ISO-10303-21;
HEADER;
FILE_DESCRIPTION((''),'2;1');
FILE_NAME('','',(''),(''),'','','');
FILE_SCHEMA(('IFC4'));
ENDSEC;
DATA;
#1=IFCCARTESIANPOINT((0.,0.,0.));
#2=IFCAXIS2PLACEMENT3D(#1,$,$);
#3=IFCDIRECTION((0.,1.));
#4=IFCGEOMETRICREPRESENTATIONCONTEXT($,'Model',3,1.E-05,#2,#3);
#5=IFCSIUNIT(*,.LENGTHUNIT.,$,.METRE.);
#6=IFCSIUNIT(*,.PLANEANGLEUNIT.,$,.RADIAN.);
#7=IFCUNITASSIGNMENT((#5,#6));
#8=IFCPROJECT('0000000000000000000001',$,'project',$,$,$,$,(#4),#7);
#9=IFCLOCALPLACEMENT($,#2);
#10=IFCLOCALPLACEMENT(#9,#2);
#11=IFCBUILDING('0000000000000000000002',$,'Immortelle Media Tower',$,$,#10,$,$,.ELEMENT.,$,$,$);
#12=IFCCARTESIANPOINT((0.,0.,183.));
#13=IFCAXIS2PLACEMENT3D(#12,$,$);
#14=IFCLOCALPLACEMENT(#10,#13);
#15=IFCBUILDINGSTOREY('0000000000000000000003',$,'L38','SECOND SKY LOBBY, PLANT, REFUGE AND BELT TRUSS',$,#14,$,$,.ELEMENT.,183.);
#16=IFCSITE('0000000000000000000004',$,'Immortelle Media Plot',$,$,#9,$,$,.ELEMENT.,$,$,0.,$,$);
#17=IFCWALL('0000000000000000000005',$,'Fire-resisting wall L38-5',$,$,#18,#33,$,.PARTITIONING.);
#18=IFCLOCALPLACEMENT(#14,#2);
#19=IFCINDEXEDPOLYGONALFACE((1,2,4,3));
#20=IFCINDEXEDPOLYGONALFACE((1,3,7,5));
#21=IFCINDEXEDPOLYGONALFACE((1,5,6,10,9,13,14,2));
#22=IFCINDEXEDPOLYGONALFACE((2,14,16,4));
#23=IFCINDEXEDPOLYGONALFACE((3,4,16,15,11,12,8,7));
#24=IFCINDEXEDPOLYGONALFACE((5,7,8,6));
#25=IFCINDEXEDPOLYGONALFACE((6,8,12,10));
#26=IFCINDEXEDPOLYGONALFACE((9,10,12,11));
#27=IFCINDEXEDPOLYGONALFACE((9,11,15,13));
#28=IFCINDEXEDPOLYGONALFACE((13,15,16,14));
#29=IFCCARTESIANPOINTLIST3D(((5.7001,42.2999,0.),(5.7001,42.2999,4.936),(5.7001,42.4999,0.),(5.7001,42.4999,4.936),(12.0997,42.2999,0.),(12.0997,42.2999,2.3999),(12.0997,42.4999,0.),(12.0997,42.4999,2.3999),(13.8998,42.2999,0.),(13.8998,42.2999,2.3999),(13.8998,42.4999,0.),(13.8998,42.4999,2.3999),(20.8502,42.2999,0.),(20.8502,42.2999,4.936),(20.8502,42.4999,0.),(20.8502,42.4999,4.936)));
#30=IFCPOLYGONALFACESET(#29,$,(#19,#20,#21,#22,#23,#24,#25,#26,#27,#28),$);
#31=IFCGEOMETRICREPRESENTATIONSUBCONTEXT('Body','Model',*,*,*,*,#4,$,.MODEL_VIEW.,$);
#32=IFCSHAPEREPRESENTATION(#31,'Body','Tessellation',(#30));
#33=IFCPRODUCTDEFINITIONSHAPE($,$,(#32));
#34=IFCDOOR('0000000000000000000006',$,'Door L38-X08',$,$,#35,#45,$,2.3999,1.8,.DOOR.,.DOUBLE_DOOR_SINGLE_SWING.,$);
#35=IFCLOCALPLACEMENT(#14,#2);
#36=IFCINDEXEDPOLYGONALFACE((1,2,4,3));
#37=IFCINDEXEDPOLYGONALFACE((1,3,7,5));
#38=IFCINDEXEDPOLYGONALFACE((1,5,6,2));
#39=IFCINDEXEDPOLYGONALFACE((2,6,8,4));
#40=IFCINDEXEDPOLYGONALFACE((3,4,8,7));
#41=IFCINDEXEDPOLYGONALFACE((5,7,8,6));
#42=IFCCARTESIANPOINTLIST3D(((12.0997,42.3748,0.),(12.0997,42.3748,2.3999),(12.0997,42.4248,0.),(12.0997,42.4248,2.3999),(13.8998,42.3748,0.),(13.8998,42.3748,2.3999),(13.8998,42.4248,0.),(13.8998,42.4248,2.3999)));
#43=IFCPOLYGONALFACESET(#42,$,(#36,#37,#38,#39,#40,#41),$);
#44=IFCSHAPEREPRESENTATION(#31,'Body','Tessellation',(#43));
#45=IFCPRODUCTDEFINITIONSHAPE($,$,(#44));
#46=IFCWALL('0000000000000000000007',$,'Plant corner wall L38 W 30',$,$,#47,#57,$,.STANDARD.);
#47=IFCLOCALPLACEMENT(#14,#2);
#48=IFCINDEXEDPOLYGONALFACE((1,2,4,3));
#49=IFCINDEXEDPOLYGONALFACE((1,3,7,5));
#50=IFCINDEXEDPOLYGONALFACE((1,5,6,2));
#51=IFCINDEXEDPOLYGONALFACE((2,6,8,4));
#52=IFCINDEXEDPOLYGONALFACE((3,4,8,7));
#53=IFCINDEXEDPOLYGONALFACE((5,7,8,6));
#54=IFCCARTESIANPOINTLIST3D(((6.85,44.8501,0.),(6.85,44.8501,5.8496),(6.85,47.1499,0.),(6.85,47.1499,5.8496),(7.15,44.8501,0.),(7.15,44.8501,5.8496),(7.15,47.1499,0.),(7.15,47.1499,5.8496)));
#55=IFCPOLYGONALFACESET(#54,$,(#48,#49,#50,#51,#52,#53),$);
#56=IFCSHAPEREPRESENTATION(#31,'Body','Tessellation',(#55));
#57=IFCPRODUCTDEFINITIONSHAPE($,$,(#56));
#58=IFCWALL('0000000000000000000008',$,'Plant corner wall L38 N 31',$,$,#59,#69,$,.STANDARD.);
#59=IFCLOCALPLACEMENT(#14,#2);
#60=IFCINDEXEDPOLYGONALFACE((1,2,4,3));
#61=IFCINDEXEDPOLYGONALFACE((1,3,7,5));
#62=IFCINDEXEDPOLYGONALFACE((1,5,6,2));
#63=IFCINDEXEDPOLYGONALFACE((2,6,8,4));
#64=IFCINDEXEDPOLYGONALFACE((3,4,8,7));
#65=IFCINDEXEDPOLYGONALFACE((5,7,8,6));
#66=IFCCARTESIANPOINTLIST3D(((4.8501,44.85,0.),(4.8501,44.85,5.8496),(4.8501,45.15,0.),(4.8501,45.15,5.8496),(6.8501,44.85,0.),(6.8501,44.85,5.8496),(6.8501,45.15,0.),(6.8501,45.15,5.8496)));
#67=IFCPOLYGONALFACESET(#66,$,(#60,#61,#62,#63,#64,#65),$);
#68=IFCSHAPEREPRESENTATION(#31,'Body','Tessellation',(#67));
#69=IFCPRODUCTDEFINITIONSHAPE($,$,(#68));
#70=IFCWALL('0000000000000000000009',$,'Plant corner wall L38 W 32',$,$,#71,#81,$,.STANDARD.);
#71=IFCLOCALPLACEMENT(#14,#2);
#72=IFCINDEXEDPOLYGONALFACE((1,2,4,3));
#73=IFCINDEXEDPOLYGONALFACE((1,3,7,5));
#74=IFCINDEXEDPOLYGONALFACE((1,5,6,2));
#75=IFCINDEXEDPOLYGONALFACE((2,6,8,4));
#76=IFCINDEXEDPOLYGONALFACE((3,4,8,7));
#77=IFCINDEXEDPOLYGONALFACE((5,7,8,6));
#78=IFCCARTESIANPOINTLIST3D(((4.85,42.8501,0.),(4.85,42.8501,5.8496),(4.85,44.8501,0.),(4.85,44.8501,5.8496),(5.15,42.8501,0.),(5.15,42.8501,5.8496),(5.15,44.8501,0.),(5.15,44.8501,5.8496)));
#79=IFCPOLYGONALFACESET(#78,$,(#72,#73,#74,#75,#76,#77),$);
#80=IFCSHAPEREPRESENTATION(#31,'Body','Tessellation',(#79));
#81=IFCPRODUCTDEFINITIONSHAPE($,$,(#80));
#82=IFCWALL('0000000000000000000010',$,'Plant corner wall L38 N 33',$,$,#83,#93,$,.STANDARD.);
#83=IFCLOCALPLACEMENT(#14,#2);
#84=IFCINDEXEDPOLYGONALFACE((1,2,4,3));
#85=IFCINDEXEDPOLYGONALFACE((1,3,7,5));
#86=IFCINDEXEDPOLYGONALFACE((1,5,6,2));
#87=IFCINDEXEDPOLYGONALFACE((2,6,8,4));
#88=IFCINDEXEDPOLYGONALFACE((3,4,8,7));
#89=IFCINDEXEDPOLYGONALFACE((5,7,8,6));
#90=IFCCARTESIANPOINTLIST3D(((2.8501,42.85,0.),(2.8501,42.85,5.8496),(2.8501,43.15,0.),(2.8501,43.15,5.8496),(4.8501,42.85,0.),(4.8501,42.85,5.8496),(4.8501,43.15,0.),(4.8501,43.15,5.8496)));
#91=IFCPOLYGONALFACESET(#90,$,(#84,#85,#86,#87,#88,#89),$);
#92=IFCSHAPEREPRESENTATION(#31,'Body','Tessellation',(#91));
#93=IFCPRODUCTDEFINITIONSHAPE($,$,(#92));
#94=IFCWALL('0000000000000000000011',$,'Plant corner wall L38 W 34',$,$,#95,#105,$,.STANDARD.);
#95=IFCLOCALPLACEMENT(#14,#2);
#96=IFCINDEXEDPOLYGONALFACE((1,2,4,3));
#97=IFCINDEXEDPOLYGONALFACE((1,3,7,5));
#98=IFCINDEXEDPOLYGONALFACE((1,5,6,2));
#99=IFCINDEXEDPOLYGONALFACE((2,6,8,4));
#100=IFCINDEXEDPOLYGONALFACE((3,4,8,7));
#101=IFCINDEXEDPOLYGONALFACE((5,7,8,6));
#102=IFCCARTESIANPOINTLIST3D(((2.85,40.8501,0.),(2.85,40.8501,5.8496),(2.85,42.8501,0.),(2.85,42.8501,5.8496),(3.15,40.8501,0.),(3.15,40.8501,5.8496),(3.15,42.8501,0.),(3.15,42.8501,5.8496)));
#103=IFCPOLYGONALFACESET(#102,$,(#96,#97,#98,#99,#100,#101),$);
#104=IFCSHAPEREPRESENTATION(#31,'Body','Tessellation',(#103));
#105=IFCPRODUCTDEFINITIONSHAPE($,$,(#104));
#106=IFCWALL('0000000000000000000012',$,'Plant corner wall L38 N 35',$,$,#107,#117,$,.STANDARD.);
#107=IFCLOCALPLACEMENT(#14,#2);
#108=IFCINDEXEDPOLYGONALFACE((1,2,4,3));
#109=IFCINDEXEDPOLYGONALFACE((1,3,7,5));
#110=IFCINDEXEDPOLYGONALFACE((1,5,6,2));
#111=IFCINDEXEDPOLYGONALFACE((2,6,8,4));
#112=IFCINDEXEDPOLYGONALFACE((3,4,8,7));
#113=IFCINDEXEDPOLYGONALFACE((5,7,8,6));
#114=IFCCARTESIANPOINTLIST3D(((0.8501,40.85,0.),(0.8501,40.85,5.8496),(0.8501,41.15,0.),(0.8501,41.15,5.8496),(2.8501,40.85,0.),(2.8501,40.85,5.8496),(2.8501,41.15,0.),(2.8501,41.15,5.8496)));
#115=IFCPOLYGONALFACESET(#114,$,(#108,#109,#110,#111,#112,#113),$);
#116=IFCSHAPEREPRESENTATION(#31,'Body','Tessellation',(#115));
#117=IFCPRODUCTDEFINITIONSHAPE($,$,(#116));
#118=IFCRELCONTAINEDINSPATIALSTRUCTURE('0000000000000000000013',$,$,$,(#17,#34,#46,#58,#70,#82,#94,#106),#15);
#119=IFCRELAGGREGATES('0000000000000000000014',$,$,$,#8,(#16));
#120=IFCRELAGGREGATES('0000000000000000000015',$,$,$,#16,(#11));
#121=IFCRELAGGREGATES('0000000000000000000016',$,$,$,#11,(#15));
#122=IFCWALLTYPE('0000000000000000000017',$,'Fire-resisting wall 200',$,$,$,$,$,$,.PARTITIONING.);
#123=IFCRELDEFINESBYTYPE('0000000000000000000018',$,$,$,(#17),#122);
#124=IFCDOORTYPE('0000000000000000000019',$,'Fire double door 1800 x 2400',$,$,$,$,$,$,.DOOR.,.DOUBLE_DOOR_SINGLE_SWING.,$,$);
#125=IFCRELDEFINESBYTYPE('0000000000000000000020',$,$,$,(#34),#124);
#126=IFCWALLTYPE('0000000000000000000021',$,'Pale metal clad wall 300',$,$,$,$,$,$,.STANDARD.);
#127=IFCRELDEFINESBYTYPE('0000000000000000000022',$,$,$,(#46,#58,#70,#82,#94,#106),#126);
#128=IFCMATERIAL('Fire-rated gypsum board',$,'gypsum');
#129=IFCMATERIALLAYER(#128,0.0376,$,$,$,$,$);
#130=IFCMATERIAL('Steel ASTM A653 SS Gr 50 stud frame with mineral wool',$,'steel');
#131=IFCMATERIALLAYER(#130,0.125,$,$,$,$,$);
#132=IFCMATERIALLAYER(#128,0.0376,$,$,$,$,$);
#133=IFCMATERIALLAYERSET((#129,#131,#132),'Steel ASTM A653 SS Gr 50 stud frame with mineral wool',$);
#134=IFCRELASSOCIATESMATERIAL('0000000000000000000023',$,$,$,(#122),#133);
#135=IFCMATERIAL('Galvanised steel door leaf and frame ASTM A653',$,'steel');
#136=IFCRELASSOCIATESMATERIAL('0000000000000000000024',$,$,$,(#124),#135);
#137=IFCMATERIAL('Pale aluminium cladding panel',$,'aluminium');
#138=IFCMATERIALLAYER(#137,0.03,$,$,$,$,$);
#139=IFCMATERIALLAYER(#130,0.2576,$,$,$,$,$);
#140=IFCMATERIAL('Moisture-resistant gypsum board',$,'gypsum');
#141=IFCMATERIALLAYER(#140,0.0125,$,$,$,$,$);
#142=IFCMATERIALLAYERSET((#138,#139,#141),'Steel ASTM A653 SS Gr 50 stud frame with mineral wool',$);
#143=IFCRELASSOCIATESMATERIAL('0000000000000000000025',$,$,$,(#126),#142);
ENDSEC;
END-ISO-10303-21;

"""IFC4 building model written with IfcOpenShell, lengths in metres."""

from ifc_helpers import new_model, si_unit, direction, frame, frame_2d, origin, place, context, subcontext, project, spatial, rectangle, extrude, material, layer, layer_set, type_object, element, fill, save


model = new_model("IFC4")

# Units and contexts
model_context = context("Model", 3, precision=1e-05, world=origin(), true_north=direction((0.0, 1.0)))
body_context = subcontext(model_context, "Body", "Model", "MODEL_VIEW")
ifc_project = project(units=[si_unit("LENGTHUNIT", "METRE"), si_unit("PLANEANGLEUNIT", "RADIAN")], contexts=[model_context])

# Site, building, storey
site_placement = place(None, origin())
site = spatial("IfcSite", under=ifc_project, at=site_placement, Name="Immortelle Media Plot", CompositionType="ELEMENT", RefElevation=0.0)
building_placement = place(site_placement, origin())
building = spatial("IfcBuilding", under=site, at=building_placement, Name="Immortelle Media Tower", CompositionType="ELEMENT")
storey_placement = place(building_placement, frame((0.0, 0.0, 183.0)))
storey = spatial("IfcBuildingStorey", under=building, at=storey_placement, Name="L38", Description="SECOND SKY LOBBY, PLANT, REFUGE AND BELT TRUSS", CompositionType="ELEMENT", Elevation=183.0)

# Wall, opening, door
ifc_material_1 = material(Name="Fire-rated gypsum board", Category="gypsum")
ifc_layer_1 = layer(ifc_material_1, 0.0376)
ifc_material_2 = material(Name="Steel ASTM A653 SS Gr 50 stud frame with mineral wool", Category="steel")
ifc_layer_2 = layer(ifc_material_2, 0.125)
ifc_layer_3 = layer(ifc_material_1, 0.0376)
ifc_layer_set_1 = layer_set([ifc_layer_1, ifc_layer_2, ifc_layer_3], Name="Steel ASTM A653 SS Gr 50 stud frame with mineral wool")
wall_type_1 = type_object("IfcWallType", Name="Fire-resisting wall 200", PredefinedType="PARTITIONING", material=ifc_layer_set_1)
wall_1_placement = place(storey_placement, frame((5.7, 42.3999, 0.0), z_axis=(0.0, 0.0, 1.0), x_axis=(1.0, 0.0, 0.0)))
wall_1 = element("IfcWall", 1, at=wall_1_placement, inside=storey, type_object=wall_type_1, Name="Fire-resisting wall L38-5", PredefinedType="PARTITIONING", context=body_context, shape_type="SweptSolid", body=[
    extrude(rectangle(XDim=15.1501, YDim=0.2, at=frame_2d((7.5752, 0.0))), origin(), (0.0, 0.0, 1.0), 4.936),
])
opening_placement = place(wall_1_placement, frame((6.3999, 0.0, 0.0)))
opening = element("IfcOpeningElement", 2, at=opening_placement, cuts=wall_1, PredefinedType="OPENING", context=body_context, shape_type="SweptSolid", body=[
    extrude(rectangle(XDim=1.8, YDim=2.3999, at=frame_2d((0.8999, 1.2))), frame((0.0, 0.1099, 0.0), z_axis=(0.0, -1.0, 0.0), x_axis=(1.0, 0.0, 0.0)), (0.0, 0.0, 1.0), 0.22),
])
ifc_material_3 = material(Name="Galvanised steel door leaf and frame ASTM A653", Category="steel")
door_type = type_object("IfcDoorType", Name="Fire double door 1800 x 2400", OperationType="DOUBLE_DOOR_SINGLE_SWING", PredefinedType="DOOR", material=ifc_material_3)
door_placement = place(opening_placement, origin())
door = element("IfcDoor", 3, at=door_placement, inside=storey, type_object=door_type, Name="Door L38-X08", OperationType="DOUBLE_DOOR_SINGLE_SWING", OverallHeight=2.3999, OverallWidth=1.8, PredefinedType="DOOR", context=body_context, shape_type="SweptSolid", body=[
    extrude(rectangle(XDim=1.8, YDim=2.3999, at=frame_2d((0.8999, 1.2))), frame((0.0, 0.0249, 0.0), z_axis=(0.0, -1.0, 0.0), x_axis=(1.0, 0.0, 0.0)), (0.0, 0.0, 1.0), 0.05),
])
fill(opening, door)

# Walls
ifc_material_4 = material(Name="Pale aluminium cladding panel", Category="aluminium")
ifc_layer_4 = layer(ifc_material_4, 0.03)
ifc_layer_5 = layer(ifc_material_2, 0.2576)
ifc_material_5 = material(Name="Moisture-resistant gypsum board", Category="gypsum")
ifc_layer_6 = layer(ifc_material_5, 0.0125)
ifc_layer_set_2 = layer_set([ifc_layer_4, ifc_layer_5, ifc_layer_6], Name="Steel ASTM A653 SS Gr 50 stud frame with mineral wool")
wall_type_2 = type_object("IfcWallType", Name="Pale metal clad wall 300", PredefinedType="STANDARD", material=ifc_layer_set_2)
wall_2_placement = place(storey_placement, frame((7.0, 47.1499, 0.0), z_axis=(0.0, 0.0, 1.0), x_axis=(0.0, -1.0, 0.0)))
element("IfcWall", 4, at=wall_2_placement, inside=storey, type_object=wall_type_2, Name="Plant corner wall L38 W 30", PredefinedType="STANDARD", context=body_context, shape_type="SweptSolid", body=[
    extrude(rectangle(XDim=2.2998, YDim=0.3, at=frame_2d((1.1499, 0.0))), origin(), (0.0, 0.0, 1.0), 5.8496),
])
for number, where, z_axis, x_axis, name in (
    (5, (6.8501, 45.0, 0.0), (0.0, 0.0, 1.0), (-1.0, 0.0, 0.0), "Plant corner wall L38 N 31"),
    (6, (5.0, 44.8501, 0.0), (0.0, 0.0, 1.0), (0.0, -1.0, 0.0), "Plant corner wall L38 W 32"),
    (7, (4.8501, 43.0, 0.0), (0.0, 0.0, 1.0), (-1.0, 0.0, 0.0), "Plant corner wall L38 N 33"),
    (8, (3.0, 42.8501, 0.0), (0.0, 0.0, 1.0), (0.0, -1.0, 0.0), "Plant corner wall L38 W 34"),
    (9, (2.8501, 41.0, 0.0), (0.0, 0.0, 1.0), (-1.0, 0.0, 0.0), "Plant corner wall L38 N 35"),
):
    element("IfcWall", number, at=place(storey_placement, frame(where, z_axis=z_axis, x_axis=x_axis)), inside=storey, type_object=wall_type_2, Name=name, PredefinedType="STANDARD", context=body_context, shape_type="SweptSolid", body=[
        extrude(rectangle(XDim=2.0, YDim=0.3, at=frame_2d((1.0, 0.0))), origin(), (0.0, 0.0, 1.0), 5.8496),
    ])

save(model, "model.ifc")
